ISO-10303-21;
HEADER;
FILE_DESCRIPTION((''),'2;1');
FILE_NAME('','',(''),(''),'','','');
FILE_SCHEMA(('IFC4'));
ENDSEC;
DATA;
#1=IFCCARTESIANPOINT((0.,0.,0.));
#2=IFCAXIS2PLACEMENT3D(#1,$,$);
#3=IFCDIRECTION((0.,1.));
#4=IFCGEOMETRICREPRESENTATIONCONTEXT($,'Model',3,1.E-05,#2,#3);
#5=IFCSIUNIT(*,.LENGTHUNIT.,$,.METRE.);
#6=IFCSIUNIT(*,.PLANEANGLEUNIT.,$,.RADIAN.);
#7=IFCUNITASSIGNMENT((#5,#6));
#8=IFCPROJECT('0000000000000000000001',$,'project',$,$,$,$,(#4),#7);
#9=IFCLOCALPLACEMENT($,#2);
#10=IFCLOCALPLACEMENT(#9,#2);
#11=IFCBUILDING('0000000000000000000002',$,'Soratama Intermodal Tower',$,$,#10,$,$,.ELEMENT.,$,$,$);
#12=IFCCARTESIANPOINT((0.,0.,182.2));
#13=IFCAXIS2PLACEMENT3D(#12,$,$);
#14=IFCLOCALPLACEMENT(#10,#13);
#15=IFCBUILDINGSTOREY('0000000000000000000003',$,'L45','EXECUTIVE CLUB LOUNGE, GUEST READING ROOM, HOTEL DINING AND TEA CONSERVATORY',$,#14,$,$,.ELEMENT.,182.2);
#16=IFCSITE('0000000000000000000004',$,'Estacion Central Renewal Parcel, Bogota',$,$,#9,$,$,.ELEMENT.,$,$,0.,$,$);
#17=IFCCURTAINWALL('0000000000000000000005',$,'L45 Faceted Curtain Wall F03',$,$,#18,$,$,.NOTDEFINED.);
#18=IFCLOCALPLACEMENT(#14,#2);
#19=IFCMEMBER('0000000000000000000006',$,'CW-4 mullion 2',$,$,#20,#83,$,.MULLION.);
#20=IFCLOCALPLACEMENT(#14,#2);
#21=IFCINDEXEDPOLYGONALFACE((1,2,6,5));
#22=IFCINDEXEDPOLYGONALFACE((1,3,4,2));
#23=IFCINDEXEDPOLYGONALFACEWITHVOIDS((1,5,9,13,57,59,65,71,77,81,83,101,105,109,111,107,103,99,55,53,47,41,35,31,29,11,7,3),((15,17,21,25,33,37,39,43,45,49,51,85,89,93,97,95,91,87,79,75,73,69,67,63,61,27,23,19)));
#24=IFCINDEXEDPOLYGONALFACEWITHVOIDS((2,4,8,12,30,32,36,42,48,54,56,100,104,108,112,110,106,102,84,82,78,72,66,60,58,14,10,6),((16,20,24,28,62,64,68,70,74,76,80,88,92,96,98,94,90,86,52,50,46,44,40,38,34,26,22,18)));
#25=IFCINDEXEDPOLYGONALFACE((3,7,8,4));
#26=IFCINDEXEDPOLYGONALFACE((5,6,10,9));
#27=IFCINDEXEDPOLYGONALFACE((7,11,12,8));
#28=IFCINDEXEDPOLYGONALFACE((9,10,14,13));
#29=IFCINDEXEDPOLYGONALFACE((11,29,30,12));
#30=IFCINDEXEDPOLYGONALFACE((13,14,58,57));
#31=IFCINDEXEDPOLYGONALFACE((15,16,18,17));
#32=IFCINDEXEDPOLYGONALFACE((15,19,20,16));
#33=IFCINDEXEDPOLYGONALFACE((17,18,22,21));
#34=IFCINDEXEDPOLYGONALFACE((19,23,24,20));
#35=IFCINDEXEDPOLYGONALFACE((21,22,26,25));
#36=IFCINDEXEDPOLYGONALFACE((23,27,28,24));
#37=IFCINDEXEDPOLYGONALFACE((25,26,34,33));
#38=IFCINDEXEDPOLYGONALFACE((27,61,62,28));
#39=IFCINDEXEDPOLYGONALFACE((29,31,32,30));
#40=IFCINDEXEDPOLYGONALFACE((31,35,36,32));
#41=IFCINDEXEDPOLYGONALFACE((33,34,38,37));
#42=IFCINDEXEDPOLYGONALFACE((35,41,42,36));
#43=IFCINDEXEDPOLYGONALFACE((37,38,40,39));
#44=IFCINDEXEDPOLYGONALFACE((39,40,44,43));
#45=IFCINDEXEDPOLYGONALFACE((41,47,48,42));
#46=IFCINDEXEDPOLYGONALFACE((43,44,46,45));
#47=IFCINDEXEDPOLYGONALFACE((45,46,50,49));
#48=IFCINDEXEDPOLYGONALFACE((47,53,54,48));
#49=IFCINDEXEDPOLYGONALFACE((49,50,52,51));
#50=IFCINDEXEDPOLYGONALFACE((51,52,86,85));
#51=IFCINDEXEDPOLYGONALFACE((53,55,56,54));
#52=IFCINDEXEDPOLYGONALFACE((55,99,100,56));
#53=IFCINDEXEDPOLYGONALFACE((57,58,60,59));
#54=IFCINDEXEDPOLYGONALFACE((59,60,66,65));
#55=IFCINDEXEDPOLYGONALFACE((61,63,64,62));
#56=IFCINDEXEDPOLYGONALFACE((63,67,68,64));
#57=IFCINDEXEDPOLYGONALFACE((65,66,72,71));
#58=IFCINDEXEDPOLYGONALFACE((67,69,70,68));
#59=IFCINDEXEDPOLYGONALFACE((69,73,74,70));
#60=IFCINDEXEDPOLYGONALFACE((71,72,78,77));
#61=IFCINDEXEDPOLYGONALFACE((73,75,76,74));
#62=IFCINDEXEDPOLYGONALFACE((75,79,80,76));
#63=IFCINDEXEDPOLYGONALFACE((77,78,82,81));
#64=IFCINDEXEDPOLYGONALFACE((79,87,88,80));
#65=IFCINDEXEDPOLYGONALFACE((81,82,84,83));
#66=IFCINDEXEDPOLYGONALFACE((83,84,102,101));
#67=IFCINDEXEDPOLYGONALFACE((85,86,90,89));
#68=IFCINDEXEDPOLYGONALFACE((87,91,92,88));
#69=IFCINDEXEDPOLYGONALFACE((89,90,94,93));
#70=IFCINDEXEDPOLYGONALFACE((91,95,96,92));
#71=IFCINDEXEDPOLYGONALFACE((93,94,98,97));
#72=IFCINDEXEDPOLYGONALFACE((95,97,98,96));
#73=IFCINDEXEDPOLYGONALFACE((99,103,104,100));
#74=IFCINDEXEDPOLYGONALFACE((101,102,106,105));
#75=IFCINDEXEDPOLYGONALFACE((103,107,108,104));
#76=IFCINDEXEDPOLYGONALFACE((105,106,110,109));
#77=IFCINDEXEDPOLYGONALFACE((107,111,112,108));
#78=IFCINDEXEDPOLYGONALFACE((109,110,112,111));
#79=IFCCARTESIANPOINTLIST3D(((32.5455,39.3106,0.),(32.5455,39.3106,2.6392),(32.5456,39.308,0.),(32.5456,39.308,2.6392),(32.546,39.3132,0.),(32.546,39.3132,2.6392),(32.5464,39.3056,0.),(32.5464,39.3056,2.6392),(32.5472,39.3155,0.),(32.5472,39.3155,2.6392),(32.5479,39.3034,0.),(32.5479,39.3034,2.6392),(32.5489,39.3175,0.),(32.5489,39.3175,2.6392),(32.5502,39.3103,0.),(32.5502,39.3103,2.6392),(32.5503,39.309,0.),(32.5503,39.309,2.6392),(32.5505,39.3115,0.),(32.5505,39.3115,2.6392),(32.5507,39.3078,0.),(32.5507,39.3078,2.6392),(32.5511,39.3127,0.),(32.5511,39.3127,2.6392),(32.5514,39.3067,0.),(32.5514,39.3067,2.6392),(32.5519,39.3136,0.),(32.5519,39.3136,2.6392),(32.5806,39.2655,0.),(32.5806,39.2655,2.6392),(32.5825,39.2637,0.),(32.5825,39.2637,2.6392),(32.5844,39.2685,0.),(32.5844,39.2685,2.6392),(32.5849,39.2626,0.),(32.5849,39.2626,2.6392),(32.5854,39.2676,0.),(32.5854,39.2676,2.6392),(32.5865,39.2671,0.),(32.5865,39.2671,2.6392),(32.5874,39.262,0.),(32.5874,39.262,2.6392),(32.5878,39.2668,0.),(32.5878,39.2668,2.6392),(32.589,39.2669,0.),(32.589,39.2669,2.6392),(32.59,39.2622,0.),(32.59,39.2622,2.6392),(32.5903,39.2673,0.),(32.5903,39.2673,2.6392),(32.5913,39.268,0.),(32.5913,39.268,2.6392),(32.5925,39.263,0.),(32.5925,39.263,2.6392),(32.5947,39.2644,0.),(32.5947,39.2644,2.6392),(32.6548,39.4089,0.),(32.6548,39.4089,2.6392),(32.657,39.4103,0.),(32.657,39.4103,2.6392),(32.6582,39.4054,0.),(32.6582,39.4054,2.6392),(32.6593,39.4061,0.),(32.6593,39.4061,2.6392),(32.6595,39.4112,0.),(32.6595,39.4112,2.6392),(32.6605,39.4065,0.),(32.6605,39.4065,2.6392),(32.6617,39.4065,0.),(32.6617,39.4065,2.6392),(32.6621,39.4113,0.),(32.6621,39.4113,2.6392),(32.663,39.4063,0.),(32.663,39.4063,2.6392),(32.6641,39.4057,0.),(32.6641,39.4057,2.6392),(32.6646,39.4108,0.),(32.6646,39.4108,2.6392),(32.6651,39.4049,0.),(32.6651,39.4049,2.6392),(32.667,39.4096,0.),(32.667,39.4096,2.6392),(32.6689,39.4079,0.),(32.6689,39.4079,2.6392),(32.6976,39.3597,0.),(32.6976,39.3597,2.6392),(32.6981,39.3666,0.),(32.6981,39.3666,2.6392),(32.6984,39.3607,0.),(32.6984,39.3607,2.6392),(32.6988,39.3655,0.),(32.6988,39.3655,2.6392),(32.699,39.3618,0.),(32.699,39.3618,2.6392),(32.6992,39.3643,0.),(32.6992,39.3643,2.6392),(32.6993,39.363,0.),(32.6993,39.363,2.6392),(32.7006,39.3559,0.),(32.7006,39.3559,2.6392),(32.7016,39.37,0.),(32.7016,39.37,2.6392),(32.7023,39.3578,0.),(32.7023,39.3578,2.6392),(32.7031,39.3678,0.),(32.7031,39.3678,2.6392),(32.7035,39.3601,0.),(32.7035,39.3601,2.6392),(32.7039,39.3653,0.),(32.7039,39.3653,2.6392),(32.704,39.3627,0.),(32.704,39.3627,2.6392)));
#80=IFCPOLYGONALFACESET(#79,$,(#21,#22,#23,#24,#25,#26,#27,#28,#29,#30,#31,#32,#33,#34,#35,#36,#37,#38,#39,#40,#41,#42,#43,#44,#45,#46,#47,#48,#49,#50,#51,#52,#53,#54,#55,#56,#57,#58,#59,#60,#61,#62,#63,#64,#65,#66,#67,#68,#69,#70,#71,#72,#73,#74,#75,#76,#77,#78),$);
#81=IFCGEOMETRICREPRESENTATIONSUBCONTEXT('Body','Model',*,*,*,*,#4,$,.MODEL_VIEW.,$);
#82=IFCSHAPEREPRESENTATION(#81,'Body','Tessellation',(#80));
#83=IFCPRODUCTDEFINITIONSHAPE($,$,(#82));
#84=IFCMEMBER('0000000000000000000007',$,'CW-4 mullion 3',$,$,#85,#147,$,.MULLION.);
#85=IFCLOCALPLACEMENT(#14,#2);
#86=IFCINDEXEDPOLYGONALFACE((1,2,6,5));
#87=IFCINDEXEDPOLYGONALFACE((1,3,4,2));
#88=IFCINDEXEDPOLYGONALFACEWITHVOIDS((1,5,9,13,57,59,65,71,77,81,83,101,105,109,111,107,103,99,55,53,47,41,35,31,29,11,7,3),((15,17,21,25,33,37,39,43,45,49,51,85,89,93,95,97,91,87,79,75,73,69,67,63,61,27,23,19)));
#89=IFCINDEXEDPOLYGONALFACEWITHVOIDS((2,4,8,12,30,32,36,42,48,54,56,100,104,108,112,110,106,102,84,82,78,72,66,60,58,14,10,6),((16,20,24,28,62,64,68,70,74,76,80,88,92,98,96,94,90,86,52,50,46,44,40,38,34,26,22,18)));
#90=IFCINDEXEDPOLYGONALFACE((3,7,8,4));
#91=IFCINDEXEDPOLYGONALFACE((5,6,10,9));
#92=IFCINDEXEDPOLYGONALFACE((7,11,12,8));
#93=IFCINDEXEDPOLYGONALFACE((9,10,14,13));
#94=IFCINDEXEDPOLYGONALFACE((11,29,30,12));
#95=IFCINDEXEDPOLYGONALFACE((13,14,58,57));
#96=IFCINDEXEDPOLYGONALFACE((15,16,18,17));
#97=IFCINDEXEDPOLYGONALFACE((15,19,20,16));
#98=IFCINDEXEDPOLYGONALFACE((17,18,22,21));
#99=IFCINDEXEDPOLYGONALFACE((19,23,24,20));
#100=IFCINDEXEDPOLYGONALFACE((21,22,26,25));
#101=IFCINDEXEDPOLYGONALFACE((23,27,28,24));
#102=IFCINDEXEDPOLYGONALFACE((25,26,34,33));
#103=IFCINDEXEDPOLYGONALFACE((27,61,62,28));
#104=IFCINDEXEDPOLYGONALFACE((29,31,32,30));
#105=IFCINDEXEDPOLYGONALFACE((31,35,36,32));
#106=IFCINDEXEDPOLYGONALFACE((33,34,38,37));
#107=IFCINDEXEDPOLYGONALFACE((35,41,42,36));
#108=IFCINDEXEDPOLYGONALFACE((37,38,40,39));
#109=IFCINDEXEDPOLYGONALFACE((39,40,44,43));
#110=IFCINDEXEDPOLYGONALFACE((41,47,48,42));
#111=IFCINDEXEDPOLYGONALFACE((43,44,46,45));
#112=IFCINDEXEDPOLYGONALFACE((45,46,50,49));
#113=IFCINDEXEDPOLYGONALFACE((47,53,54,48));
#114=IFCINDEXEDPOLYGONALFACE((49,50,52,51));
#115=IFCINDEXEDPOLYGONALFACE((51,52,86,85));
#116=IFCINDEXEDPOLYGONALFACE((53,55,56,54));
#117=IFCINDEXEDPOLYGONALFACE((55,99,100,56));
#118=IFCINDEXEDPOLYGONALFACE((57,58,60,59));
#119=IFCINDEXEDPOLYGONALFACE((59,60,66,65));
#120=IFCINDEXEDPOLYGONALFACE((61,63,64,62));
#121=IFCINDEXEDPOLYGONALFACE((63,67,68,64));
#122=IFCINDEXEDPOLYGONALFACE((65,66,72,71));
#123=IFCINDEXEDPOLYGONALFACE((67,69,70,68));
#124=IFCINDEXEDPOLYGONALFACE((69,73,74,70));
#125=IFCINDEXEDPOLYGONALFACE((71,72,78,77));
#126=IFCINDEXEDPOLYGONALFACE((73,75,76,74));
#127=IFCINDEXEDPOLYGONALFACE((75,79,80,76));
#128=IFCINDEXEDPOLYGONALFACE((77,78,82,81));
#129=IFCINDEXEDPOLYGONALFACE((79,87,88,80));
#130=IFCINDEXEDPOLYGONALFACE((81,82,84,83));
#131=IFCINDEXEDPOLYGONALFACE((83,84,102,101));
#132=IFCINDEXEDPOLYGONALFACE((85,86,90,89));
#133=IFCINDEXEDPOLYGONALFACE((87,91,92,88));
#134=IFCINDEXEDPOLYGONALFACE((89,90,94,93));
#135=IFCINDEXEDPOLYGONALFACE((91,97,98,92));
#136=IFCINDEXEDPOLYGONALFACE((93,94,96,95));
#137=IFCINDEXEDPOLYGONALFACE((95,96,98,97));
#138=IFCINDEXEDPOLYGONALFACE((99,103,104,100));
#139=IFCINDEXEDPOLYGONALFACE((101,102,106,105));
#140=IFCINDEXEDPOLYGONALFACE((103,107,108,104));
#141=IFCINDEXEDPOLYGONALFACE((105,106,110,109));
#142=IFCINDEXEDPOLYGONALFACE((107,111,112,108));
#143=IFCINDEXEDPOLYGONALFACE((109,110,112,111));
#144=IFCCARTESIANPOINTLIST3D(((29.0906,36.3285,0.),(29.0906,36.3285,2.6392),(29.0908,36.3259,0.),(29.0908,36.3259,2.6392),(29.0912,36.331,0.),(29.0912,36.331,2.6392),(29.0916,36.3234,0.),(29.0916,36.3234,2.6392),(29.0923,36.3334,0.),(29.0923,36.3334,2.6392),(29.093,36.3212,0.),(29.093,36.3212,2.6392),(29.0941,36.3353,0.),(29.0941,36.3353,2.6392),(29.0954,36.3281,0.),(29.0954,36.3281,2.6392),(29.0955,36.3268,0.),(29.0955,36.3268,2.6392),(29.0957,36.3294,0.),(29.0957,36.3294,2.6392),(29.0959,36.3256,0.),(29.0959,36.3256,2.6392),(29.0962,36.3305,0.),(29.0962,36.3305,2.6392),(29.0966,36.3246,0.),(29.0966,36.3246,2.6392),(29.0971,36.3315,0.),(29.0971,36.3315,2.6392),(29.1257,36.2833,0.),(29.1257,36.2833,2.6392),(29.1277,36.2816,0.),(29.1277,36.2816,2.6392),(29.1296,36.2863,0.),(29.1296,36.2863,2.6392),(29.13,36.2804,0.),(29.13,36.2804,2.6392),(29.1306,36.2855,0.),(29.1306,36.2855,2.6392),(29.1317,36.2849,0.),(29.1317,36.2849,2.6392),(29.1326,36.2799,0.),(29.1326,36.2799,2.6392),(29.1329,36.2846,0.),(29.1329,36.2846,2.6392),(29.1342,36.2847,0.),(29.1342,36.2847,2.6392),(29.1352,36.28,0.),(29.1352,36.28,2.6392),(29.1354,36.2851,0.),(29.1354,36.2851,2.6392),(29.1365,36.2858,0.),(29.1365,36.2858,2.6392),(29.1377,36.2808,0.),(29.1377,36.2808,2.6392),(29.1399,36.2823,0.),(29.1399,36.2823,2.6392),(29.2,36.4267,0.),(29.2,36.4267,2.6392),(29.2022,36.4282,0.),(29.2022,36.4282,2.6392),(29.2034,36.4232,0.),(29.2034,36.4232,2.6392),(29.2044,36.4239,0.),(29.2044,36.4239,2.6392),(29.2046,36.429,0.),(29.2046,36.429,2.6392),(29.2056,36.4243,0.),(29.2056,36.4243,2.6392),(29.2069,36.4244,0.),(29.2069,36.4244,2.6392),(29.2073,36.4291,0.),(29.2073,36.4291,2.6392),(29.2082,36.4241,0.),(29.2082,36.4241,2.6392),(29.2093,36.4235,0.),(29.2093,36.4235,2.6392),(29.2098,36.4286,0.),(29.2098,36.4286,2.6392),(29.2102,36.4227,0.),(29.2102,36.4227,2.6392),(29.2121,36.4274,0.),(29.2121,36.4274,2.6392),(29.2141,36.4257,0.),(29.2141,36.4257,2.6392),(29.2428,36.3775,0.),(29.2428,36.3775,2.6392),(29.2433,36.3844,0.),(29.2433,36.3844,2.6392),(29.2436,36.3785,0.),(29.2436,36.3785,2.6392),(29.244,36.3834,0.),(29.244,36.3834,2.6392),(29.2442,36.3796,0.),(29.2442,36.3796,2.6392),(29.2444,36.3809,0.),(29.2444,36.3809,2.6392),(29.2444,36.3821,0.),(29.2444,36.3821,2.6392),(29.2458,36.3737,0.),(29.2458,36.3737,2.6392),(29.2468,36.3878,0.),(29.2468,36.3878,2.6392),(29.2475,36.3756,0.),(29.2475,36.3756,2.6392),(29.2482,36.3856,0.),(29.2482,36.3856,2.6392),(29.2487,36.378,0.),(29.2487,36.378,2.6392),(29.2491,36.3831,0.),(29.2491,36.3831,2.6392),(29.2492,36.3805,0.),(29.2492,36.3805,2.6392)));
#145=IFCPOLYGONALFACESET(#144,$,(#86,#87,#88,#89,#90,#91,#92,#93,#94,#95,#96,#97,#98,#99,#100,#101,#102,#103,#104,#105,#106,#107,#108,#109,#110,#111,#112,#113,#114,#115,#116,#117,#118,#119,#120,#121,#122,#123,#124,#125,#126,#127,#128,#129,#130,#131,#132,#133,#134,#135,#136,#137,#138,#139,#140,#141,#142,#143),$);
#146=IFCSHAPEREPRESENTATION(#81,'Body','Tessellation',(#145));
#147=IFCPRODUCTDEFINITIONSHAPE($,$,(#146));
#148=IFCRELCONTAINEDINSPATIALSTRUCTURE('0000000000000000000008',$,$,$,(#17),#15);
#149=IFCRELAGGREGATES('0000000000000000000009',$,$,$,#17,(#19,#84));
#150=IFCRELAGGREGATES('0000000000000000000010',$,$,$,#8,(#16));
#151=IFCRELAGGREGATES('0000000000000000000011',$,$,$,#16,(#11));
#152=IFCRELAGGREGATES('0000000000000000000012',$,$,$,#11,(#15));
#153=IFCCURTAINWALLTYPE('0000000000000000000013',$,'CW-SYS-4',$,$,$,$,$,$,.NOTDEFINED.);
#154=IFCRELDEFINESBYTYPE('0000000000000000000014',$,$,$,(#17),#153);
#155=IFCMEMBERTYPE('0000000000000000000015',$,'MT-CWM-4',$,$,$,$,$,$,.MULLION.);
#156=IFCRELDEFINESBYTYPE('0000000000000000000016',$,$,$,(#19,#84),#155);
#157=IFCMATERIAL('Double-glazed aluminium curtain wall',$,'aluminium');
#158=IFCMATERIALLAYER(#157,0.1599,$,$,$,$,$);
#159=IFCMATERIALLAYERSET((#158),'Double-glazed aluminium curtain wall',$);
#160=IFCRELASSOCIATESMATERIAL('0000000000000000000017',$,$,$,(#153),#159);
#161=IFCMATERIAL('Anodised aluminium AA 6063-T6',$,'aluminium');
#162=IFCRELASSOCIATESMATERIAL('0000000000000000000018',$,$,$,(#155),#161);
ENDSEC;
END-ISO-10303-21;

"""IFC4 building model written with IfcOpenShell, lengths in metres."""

from ifc_helpers import new_model, si_unit, direction, frame, origin, origin_2d, place, context, subcontext, project, spatial, hollow_rectangle, extrude, material, layer, layer_set, material_profile, profile_set, type_object, element, aggregate, save


model = new_model("IFC4")

# Units and contexts
model_context = context("Model", 3, precision=1e-05, world=origin(), true_north=direction((0.0, 1.0)))
body_context = subcontext(model_context, "Body", "Model", "MODEL_VIEW")
ifc_project = project(units=[si_unit("LENGTHUNIT", "METRE"), si_unit("PLANEANGLEUNIT", "RADIAN")], contexts=[model_context])

# Site, building, storey
site_placement = place(None, origin())
site = spatial("IfcSite", under=ifc_project, at=site_placement, Name="Estacion Central Renewal Parcel, Bogota", CompositionType="ELEMENT", RefElevation=0.0)
building_placement = place(site_placement, origin())
building = spatial("IfcBuilding", under=site, at=building_placement, Name="Soratama Intermodal Tower", CompositionType="ELEMENT")
storey_placement = place(building_placement, frame((0.0, 0.0, 182.2)))
storey = spatial("IfcBuildingStorey", under=building, at=storey_placement, Name="L45", Description="EXECUTIVE CLUB LOUNGE, GUEST READING ROOM, HOTEL DINING AND TEA CONSERVATORY", CompositionType="ELEMENT", Elevation=182.2)

# Curtain wall, members
ifc_material_1 = material(Name="Double-glazed aluminium curtain wall", Category="aluminium")
ifc_layer_1 = layer(ifc_material_1, 0.1599)
ifc_layer_set_1 = layer_set([ifc_layer_1], Name="Double-glazed aluminium curtain wall")
curtain_wall_type = type_object("IfcCurtainWallType", Name="CW-SYS-4", PredefinedType="NOTDEFINED", material=ifc_layer_set_1)
curtain_wall_1_placement = place(storey_placement, origin())
curtain_wall_1 = element("IfcCurtainWall", 1, at=curtain_wall_1_placement, inside=storey, type_object=curtain_wall_type, Name="L45 Faceted Curtain Wall F03", PredefinedType="NOTDEFINED")
ifc_material_2 = material(Name="Anodised aluminium AA 6063-T6", Category="aluminium")
ifc_material_profile_1 = material_profile(ifc_material_2, hollow_rectangle(XDim=0.0701, YDim=0.1599, WallThickness=0.0049, InnerFilletRadius=0.0049, OuterFilletRadius=0.01, at=origin_2d()), Name="CWM160X70X5")
ifc_profile_set_1 = profile_set([ifc_material_profile_1], Name="Anodised aluminium AA 6063-T6")
member_type_1 = type_object("IfcMemberType", Name="MT-CWM-4", PredefinedType="MULLION", material=ifc_profile_set_1)
member_1_placement = place(storey_placement, frame((32.6248, 39.3367, 0.0), z_axis=(0.0, 0.0, 1.0), x_axis=(0.653423, -0.756993, 0.0)))
member_1 = element("IfcMember", 2, at=member_1_placement, type_object=member_type_1, Name="CW-4 mullion 2", PredefinedType="MULLION", context=body_context, shape_type="SweptSolid", body=[
    extrude(hollow_rectangle(XDim=0.0701, YDim=0.1599, WallThickness=0.0049, InnerFilletRadius=0.0049, OuterFilletRadius=0.01, at=origin_2d()), origin(), (0.0, 0.0, 1.0), 2.6392),
])
member_2_placement = place(storey_placement, frame((29.1699, 36.3545, 0.0), z_axis=(0.0, 0.0, 1.0), x_axis=(0.653423, -0.756993, 0.0)))
member_2 = element("IfcMember", 3, at=member_2_placement, type_object=member_type_1, Name="CW-4 mullion 3", PredefinedType="MULLION", context=body_context, shape_type="SweptSolid", body=[
    extrude(hollow_rectangle(XDim=0.0701, YDim=0.1599, WallThickness=0.0049, InnerFilletRadius=0.0049, OuterFilletRadius=0.01, at=origin_2d()), origin(), (0.0, 0.0, 1.0), 2.6392),
])

aggregate(curtain_wall_1, [member_1, member_2])

save(model, "model.ifc")
